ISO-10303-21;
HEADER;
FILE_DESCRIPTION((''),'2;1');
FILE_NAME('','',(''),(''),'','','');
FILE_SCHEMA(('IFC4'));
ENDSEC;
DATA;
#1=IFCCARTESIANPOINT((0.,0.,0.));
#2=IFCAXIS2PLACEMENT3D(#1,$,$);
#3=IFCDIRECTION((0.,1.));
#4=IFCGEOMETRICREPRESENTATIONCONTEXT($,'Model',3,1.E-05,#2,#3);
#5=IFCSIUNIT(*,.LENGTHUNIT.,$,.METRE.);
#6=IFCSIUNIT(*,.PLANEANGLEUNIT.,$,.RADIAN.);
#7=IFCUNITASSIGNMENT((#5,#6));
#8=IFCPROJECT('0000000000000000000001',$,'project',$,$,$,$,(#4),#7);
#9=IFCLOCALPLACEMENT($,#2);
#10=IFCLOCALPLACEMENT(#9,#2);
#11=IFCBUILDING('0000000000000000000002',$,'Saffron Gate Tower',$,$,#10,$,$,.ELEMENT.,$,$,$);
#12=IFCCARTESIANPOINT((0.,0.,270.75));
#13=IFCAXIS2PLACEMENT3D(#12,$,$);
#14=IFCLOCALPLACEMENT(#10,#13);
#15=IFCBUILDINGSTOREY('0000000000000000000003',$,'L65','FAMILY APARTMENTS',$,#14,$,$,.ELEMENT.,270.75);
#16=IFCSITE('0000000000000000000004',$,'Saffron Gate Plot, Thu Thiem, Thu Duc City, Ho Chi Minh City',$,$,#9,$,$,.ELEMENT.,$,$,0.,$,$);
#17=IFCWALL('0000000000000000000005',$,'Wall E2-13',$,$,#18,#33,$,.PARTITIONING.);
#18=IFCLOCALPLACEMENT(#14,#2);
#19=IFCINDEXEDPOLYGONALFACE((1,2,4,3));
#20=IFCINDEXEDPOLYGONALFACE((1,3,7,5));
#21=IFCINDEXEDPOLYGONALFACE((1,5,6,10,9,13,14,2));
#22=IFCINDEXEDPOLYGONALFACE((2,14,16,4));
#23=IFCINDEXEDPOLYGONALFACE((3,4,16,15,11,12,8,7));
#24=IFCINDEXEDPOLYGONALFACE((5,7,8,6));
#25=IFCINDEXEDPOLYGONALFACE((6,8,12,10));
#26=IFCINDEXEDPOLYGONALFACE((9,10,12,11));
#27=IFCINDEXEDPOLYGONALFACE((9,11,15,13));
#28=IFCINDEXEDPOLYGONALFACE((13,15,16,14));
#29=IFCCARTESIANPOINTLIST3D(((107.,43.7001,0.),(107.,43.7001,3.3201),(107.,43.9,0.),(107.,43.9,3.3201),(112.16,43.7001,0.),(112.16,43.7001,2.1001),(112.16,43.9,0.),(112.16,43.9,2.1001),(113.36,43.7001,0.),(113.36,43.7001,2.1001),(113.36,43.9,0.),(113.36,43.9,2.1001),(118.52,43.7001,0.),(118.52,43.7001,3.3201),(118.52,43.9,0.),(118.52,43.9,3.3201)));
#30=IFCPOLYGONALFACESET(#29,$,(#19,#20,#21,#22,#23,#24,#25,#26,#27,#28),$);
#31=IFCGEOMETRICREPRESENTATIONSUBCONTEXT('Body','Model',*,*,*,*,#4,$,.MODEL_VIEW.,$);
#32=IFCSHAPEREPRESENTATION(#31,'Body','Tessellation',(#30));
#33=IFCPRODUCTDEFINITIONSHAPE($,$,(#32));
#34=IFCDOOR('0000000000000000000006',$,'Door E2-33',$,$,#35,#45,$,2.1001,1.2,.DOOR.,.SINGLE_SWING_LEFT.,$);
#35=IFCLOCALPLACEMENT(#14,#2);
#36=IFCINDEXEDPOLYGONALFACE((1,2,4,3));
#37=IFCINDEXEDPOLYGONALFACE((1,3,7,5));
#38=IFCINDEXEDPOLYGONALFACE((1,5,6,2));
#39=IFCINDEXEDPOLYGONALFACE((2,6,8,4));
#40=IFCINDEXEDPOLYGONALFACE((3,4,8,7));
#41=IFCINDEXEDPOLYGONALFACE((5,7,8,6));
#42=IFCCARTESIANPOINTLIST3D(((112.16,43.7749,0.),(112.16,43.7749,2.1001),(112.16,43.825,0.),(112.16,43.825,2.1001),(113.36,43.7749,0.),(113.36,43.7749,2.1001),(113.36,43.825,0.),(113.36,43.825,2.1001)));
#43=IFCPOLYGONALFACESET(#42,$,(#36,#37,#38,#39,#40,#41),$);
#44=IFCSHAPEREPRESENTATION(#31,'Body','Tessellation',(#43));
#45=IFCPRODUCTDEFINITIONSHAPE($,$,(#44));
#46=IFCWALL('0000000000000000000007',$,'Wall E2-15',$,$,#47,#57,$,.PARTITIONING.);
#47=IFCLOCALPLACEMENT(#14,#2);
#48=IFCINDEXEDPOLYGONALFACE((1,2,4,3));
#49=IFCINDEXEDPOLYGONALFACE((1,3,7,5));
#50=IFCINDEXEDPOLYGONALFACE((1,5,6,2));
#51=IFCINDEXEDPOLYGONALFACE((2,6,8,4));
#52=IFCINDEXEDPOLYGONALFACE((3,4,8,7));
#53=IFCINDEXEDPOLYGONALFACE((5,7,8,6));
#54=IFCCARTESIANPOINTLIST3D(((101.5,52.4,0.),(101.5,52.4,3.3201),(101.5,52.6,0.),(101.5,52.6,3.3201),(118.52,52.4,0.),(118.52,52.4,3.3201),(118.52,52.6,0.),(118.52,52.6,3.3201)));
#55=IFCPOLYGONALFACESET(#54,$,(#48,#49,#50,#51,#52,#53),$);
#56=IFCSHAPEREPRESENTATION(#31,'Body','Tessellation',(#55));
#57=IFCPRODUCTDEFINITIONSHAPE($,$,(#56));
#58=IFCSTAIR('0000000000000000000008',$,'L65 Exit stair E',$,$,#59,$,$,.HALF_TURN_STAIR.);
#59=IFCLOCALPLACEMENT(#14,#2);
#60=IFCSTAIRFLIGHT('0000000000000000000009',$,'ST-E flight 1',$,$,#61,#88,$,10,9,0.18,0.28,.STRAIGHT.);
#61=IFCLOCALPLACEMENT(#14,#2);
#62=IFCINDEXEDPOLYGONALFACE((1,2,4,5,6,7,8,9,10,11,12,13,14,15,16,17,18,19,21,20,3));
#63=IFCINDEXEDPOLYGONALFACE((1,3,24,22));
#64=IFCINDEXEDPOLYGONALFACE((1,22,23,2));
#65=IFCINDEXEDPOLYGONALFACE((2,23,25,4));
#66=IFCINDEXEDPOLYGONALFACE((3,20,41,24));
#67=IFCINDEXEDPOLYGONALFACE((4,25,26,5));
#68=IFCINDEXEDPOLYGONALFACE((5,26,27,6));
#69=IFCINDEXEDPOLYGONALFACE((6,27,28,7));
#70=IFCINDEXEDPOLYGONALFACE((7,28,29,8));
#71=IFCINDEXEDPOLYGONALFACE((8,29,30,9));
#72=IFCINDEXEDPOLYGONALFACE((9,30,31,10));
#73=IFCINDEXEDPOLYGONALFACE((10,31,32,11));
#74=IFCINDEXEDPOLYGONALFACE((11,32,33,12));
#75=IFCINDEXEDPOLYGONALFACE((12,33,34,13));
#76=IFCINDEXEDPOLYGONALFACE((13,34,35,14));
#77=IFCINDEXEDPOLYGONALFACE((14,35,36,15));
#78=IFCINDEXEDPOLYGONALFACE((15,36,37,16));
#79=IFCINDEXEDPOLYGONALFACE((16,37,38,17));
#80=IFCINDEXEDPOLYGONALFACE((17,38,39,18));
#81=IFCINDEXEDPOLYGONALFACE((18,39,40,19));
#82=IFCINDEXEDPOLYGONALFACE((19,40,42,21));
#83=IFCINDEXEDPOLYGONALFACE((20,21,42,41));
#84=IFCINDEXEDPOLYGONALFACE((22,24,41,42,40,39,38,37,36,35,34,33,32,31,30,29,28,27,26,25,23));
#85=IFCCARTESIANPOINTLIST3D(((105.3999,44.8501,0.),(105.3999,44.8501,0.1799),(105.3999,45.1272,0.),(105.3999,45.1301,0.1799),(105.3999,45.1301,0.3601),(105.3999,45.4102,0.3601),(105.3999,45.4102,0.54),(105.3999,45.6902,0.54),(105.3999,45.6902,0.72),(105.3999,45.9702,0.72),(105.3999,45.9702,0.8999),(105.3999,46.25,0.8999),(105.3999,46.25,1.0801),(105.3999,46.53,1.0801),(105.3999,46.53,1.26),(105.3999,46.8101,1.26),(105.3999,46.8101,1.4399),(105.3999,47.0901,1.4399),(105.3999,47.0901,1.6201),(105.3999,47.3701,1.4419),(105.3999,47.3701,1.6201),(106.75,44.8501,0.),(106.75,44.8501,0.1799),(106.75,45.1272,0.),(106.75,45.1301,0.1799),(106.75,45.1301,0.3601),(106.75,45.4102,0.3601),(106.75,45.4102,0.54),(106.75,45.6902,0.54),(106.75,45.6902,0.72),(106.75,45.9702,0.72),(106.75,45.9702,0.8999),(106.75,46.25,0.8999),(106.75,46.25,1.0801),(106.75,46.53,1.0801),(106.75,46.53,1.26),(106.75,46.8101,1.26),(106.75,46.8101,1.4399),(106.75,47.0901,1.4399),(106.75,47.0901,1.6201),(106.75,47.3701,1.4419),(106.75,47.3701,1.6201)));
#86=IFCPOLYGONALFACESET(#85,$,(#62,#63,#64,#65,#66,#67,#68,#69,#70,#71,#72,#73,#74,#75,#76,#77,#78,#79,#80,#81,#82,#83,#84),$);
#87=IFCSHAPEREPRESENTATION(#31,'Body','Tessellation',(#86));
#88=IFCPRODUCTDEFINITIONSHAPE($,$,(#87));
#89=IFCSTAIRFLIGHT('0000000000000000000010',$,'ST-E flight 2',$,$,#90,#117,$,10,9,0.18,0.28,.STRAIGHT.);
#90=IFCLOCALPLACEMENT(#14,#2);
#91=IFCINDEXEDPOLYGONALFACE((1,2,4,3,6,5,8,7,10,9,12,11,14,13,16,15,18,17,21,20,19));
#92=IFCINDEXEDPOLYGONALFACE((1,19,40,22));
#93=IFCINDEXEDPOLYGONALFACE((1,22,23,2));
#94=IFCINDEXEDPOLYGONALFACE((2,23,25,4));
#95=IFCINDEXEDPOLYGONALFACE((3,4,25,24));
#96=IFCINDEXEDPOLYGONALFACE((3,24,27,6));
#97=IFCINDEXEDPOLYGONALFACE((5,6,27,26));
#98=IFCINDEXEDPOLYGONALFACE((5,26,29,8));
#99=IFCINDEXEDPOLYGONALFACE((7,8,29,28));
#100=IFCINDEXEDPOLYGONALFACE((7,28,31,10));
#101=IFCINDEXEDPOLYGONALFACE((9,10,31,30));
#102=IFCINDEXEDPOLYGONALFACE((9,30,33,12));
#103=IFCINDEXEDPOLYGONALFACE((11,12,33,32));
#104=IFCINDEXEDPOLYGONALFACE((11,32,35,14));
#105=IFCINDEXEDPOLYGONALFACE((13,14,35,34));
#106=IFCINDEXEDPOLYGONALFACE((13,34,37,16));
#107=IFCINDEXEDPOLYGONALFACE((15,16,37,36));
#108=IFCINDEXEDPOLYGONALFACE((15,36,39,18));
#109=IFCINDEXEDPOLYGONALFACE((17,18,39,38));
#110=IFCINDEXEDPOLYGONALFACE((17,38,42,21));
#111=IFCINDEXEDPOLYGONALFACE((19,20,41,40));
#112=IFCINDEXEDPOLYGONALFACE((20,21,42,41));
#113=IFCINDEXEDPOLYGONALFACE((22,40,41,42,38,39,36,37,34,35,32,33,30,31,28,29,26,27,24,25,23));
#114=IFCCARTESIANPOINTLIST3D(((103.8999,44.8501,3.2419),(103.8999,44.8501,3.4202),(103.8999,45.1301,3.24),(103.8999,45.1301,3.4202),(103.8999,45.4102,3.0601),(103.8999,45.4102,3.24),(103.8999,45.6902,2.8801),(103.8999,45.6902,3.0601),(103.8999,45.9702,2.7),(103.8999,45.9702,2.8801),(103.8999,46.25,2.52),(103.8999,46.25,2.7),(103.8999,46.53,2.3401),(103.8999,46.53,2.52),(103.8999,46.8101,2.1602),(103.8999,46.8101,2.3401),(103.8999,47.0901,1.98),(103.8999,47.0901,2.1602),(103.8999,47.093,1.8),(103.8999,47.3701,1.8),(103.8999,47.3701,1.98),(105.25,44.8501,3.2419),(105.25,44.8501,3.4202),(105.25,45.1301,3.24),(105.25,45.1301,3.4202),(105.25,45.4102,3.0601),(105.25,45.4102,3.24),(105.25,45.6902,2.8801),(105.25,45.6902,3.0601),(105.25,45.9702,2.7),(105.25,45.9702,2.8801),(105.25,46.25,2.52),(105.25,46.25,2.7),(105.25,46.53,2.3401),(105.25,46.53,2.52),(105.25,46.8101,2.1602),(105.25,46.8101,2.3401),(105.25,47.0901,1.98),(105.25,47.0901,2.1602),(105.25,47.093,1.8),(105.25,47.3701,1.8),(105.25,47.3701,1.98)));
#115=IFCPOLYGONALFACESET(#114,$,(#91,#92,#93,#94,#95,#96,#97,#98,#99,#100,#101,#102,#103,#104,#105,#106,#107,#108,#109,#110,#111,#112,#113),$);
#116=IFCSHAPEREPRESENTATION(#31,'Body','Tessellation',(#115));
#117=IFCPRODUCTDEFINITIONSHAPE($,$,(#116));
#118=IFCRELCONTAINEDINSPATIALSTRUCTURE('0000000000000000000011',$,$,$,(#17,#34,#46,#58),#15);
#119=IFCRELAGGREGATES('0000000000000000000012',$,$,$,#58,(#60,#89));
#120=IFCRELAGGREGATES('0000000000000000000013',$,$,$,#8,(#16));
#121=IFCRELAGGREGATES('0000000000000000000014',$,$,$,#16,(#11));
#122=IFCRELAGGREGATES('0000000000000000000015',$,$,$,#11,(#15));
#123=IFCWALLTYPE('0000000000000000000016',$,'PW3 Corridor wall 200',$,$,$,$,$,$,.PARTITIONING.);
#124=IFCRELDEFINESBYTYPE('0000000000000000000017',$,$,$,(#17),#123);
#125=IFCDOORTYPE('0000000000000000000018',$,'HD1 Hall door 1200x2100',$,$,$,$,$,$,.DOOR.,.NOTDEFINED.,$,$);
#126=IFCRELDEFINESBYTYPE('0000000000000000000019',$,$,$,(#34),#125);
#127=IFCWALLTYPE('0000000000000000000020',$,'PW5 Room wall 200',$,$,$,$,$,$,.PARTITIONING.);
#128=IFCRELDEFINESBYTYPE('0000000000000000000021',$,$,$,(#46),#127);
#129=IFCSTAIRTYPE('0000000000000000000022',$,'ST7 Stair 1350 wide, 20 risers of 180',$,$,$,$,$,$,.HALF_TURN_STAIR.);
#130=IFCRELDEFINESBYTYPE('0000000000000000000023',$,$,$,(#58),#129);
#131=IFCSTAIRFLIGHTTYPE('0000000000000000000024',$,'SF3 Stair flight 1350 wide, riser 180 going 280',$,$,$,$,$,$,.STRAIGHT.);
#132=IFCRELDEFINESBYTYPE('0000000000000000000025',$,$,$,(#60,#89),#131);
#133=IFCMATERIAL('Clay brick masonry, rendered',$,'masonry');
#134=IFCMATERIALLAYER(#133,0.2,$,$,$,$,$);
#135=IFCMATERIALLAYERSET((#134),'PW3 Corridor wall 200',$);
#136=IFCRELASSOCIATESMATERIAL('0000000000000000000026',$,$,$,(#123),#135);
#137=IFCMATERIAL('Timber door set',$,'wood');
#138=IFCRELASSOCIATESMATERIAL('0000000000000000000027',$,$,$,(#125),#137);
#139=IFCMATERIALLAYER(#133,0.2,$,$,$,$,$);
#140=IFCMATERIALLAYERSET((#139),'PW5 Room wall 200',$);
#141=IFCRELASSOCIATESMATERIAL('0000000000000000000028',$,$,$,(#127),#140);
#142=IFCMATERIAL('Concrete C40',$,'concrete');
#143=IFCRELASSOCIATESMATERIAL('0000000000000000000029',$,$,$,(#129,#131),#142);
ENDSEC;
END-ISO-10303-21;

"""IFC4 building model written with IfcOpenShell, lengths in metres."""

from ifc_helpers import new_model, si_unit, direction, frame, frame_2d, origin, place, context, subcontext, project, spatial, polyline, rectangle, outline, extrude, material, layer, layer_set, type_object, element, fill, aggregate, save


model = new_model("IFC4")

# Units and contexts
model_context = context("Model", 3, precision=1e-05, world=origin(), true_north=direction((0.0, 1.0)))
body_context = subcontext(model_context, "Body", "Model", "MODEL_VIEW")
ifc_project = project(units=[si_unit("LENGTHUNIT", "METRE"), si_unit("PLANEANGLEUNIT", "RADIAN")], contexts=[model_context])

# Site, building, storey
site_placement = place(None, origin())
site = spatial("IfcSite", under=ifc_project, at=site_placement, Name="Saffron Gate Plot, Thu Thiem, Thu Duc City, Ho Chi Minh City", CompositionType="ELEMENT", RefElevation=0.0)
building_placement = place(site_placement, origin())
building = spatial("IfcBuilding", under=site, at=building_placement, Name="Saffron Gate Tower", CompositionType="ELEMENT")
storey_placement = place(building_placement, frame((0.0, 0.0, 270.75)))
storey = spatial("IfcBuildingStorey", under=building, at=storey_placement, Name="L65", Description="FAMILY APARTMENTS", CompositionType="ELEMENT", Elevation=270.75)

# Wall, opening, door
ifc_material_1 = material(Name="Clay brick masonry, rendered", Category="masonry")
ifc_layer_1 = layer(ifc_material_1, 0.2)
ifc_layer_set_1 = layer_set([ifc_layer_1], Name="PW3 Corridor wall 200")
wall_type_1 = type_object("IfcWallType", Name="PW3 Corridor wall 200", PredefinedType="PARTITIONING", material=ifc_layer_set_1)
wall_1_placement = place(storey_placement, frame((107.0, 43.8, 0.0), z_axis=(0.0, 0.0, 1.0), x_axis=(1.0, 0.0, 0.0)))
wall_1 = element("IfcWall", 1, at=wall_1_placement, inside=storey, type_object=wall_type_1, Name="Wall E2-13", PredefinedType="PARTITIONING", context=body_context, shape_type="SweptSolid", body=[
    extrude(rectangle(XDim=11.52, YDim=0.2, at=frame_2d((5.76, 0.0))), origin(), (0.0, 0.0, 1.0), 3.3201),
])
opening_1_placement = place(wall_1_placement, frame((5.1599, 0.0, 0.0)))
opening_1 = element("IfcOpeningElement", 2, at=opening_1_placement, cuts=wall_1, PredefinedType="OPENING", context=body_context, shape_type="SweptSolid", body=[
    extrude(rectangle(XDim=1.2, YDim=2.1001, at=frame_2d((0.6001, 1.05))), frame((0.0, 0.1099, 0.0), z_axis=(0.0, -1.0, 0.0), x_axis=(1.0, 0.0, 0.0)), (0.0, 0.0, 1.0), 0.22),
])
ifc_material_2 = material(Name="Timber door set", Category="wood")
door_type_1 = type_object("IfcDoorType", Name="HD1 Hall door 1200x2100", OperationType="NOTDEFINED", PredefinedType="DOOR", material=ifc_material_2)
door_1_placement = place(opening_1_placement, origin())
door_1 = element("IfcDoor", 3, at=door_1_placement, inside=storey, type_object=door_type_1, Name="Door E2-33", OperationType="SINGLE_SWING_LEFT", OverallHeight=2.1001, OverallWidth=1.2, PredefinedType="DOOR", context=body_context, shape_type="SweptSolid", body=[
    extrude(rectangle(XDim=1.2, YDim=2.1001, at=frame_2d((0.6001, 1.05))), frame((0.0, 0.0249, 0.0), z_axis=(0.0, -1.0, 0.0), x_axis=(1.0, 0.0, 0.0)), (0.0, 0.0, 1.0), 0.05),
])
fill(opening_1, door_1)

# Wall
ifc_layer_2 = layer(ifc_material_1, 0.2)
ifc_layer_set_2 = layer_set([ifc_layer_2], Name="PW5 Room wall 200")
wall_type_2 = type_object("IfcWallType", Name="PW5 Room wall 200", PredefinedType="PARTITIONING", material=ifc_layer_set_2)
wall_2_placement = place(storey_placement, frame((101.5, 52.5, 0.0), z_axis=(0.0, 0.0, 1.0), x_axis=(1.0, 0.0, 0.0)))
element("IfcWall", 4, at=wall_2_placement, inside=storey, type_object=wall_type_2, Name="Wall E2-15", PredefinedType="PARTITIONING", context=body_context, shape_type="SweptSolid", body=[
    extrude(rectangle(XDim=17.02, YDim=0.2, at=frame_2d((8.51, 0.0))), origin(), (0.0, 0.0, 1.0), 3.3201),
])

# Stair, stair flights
ifc_material_3 = material(Name="Concrete C40", Category="concrete")
stair_type = type_object("IfcStairType", Name="ST7 Stair 1350 wide, 20 risers of 180", PredefinedType="HALF_TURN_STAIR", material=ifc_material_3)
stair_placement = place(storey_placement, origin())
stair = element("IfcStair", 5, at=stair_placement, inside=storey, type_object=stair_type, Name="L65 Exit stair E", PredefinedType="HALF_TURN_STAIR")
stair_flight_type = type_object("IfcStairFlightType", Name="SF3 Stair flight 1350 wide, riser 180 going 280", PredefinedType="STRAIGHT", material=ifc_material_3)
stair_flight_1_placement = place(storey_placement, frame((106.075, 44.8501, 0.0), z_axis=(0.0, 0.0, 1.0), x_axis=(0.0, 1.0, 0.0)))
stair_flight_1 = element("IfcStairFlight", 6, at=stair_flight_1_placement, type_object=stair_flight_type, Name="ST-E flight 1", NumberOfRisers=10, NumberOfTreads=9, PredefinedType="STRAIGHT", RiserHeight=0.18, TreadLength=0.28, context=body_context, shape_type="SweptSolid", body=[
    extrude(outline(polyline([(0.0, 0.0), (0.0, 0.1799), (0.28, 0.1799), (0.28, 0.3601), (0.5601, 0.3601), (0.5601, 0.54), (0.8401, 0.54), (0.8401, 0.72), (1.1201, 0.72), (1.1201, 0.8999), (1.3999, 0.8999), (1.3999, 1.0801), (1.6799, 1.0801), (1.6799, 1.26), (1.96, 1.26), (1.96, 1.4399), (2.24, 1.4399), (2.24, 1.6201), (2.52, 1.6201), (2.52, 1.8), (2.52, 1.4419), (0.2771, 0.0), (0.0, 0.0)])), frame((0.0, 0.675, 0.0), z_axis=(0.0, -1.0, 0.0), x_axis=(1.0, 0.0, 0.0)), (0.0, 0.0, 1.0), 1.3501),
])
stair_flight_2_placement = place(storey_placement, frame((104.575, 47.3701, 1.8), z_axis=(0.0, 0.0, 1.0), x_axis=(0.0, -1.0, 0.0)))
stair_flight_2 = element("IfcStairFlight", 7, at=stair_flight_2_placement, type_object=stair_flight_type, Name="ST-E flight 2", NumberOfRisers=10, NumberOfTreads=9, PredefinedType="STRAIGHT", RiserHeight=0.18, TreadLength=0.28, context=body_context, shape_type="SweptSolid", body=[
    extrude(outline(polyline([(0.0, 0.0), (0.0, 0.1799), (0.28, 0.1799), (0.28, 0.3601), (0.5601, 0.3601), (0.5601, 0.54), (0.8401, 0.54), (0.8401, 0.72), (1.1201, 0.72), (1.1201, 0.8999), (1.3999, 0.8999), (1.3999, 1.0801), (1.6799, 1.0801), (1.6799, 1.26), (1.96, 1.26), (1.96, 1.4399), (2.24, 1.4399), (2.24, 1.6201), (2.52, 1.6201), (2.52, 1.8), (2.52, 1.4419), (0.2771, 0.0), (0.0, 0.0)])), frame((0.0, 0.675, 0.0), z_axis=(0.0, -1.0, 0.0), x_axis=(1.0, 0.0, 0.0)), (0.0, 0.0, 1.0), 1.3501),
])
aggregate(stair, [stair_flight_1, stair_flight_2])

save(model, "model.ifc")
